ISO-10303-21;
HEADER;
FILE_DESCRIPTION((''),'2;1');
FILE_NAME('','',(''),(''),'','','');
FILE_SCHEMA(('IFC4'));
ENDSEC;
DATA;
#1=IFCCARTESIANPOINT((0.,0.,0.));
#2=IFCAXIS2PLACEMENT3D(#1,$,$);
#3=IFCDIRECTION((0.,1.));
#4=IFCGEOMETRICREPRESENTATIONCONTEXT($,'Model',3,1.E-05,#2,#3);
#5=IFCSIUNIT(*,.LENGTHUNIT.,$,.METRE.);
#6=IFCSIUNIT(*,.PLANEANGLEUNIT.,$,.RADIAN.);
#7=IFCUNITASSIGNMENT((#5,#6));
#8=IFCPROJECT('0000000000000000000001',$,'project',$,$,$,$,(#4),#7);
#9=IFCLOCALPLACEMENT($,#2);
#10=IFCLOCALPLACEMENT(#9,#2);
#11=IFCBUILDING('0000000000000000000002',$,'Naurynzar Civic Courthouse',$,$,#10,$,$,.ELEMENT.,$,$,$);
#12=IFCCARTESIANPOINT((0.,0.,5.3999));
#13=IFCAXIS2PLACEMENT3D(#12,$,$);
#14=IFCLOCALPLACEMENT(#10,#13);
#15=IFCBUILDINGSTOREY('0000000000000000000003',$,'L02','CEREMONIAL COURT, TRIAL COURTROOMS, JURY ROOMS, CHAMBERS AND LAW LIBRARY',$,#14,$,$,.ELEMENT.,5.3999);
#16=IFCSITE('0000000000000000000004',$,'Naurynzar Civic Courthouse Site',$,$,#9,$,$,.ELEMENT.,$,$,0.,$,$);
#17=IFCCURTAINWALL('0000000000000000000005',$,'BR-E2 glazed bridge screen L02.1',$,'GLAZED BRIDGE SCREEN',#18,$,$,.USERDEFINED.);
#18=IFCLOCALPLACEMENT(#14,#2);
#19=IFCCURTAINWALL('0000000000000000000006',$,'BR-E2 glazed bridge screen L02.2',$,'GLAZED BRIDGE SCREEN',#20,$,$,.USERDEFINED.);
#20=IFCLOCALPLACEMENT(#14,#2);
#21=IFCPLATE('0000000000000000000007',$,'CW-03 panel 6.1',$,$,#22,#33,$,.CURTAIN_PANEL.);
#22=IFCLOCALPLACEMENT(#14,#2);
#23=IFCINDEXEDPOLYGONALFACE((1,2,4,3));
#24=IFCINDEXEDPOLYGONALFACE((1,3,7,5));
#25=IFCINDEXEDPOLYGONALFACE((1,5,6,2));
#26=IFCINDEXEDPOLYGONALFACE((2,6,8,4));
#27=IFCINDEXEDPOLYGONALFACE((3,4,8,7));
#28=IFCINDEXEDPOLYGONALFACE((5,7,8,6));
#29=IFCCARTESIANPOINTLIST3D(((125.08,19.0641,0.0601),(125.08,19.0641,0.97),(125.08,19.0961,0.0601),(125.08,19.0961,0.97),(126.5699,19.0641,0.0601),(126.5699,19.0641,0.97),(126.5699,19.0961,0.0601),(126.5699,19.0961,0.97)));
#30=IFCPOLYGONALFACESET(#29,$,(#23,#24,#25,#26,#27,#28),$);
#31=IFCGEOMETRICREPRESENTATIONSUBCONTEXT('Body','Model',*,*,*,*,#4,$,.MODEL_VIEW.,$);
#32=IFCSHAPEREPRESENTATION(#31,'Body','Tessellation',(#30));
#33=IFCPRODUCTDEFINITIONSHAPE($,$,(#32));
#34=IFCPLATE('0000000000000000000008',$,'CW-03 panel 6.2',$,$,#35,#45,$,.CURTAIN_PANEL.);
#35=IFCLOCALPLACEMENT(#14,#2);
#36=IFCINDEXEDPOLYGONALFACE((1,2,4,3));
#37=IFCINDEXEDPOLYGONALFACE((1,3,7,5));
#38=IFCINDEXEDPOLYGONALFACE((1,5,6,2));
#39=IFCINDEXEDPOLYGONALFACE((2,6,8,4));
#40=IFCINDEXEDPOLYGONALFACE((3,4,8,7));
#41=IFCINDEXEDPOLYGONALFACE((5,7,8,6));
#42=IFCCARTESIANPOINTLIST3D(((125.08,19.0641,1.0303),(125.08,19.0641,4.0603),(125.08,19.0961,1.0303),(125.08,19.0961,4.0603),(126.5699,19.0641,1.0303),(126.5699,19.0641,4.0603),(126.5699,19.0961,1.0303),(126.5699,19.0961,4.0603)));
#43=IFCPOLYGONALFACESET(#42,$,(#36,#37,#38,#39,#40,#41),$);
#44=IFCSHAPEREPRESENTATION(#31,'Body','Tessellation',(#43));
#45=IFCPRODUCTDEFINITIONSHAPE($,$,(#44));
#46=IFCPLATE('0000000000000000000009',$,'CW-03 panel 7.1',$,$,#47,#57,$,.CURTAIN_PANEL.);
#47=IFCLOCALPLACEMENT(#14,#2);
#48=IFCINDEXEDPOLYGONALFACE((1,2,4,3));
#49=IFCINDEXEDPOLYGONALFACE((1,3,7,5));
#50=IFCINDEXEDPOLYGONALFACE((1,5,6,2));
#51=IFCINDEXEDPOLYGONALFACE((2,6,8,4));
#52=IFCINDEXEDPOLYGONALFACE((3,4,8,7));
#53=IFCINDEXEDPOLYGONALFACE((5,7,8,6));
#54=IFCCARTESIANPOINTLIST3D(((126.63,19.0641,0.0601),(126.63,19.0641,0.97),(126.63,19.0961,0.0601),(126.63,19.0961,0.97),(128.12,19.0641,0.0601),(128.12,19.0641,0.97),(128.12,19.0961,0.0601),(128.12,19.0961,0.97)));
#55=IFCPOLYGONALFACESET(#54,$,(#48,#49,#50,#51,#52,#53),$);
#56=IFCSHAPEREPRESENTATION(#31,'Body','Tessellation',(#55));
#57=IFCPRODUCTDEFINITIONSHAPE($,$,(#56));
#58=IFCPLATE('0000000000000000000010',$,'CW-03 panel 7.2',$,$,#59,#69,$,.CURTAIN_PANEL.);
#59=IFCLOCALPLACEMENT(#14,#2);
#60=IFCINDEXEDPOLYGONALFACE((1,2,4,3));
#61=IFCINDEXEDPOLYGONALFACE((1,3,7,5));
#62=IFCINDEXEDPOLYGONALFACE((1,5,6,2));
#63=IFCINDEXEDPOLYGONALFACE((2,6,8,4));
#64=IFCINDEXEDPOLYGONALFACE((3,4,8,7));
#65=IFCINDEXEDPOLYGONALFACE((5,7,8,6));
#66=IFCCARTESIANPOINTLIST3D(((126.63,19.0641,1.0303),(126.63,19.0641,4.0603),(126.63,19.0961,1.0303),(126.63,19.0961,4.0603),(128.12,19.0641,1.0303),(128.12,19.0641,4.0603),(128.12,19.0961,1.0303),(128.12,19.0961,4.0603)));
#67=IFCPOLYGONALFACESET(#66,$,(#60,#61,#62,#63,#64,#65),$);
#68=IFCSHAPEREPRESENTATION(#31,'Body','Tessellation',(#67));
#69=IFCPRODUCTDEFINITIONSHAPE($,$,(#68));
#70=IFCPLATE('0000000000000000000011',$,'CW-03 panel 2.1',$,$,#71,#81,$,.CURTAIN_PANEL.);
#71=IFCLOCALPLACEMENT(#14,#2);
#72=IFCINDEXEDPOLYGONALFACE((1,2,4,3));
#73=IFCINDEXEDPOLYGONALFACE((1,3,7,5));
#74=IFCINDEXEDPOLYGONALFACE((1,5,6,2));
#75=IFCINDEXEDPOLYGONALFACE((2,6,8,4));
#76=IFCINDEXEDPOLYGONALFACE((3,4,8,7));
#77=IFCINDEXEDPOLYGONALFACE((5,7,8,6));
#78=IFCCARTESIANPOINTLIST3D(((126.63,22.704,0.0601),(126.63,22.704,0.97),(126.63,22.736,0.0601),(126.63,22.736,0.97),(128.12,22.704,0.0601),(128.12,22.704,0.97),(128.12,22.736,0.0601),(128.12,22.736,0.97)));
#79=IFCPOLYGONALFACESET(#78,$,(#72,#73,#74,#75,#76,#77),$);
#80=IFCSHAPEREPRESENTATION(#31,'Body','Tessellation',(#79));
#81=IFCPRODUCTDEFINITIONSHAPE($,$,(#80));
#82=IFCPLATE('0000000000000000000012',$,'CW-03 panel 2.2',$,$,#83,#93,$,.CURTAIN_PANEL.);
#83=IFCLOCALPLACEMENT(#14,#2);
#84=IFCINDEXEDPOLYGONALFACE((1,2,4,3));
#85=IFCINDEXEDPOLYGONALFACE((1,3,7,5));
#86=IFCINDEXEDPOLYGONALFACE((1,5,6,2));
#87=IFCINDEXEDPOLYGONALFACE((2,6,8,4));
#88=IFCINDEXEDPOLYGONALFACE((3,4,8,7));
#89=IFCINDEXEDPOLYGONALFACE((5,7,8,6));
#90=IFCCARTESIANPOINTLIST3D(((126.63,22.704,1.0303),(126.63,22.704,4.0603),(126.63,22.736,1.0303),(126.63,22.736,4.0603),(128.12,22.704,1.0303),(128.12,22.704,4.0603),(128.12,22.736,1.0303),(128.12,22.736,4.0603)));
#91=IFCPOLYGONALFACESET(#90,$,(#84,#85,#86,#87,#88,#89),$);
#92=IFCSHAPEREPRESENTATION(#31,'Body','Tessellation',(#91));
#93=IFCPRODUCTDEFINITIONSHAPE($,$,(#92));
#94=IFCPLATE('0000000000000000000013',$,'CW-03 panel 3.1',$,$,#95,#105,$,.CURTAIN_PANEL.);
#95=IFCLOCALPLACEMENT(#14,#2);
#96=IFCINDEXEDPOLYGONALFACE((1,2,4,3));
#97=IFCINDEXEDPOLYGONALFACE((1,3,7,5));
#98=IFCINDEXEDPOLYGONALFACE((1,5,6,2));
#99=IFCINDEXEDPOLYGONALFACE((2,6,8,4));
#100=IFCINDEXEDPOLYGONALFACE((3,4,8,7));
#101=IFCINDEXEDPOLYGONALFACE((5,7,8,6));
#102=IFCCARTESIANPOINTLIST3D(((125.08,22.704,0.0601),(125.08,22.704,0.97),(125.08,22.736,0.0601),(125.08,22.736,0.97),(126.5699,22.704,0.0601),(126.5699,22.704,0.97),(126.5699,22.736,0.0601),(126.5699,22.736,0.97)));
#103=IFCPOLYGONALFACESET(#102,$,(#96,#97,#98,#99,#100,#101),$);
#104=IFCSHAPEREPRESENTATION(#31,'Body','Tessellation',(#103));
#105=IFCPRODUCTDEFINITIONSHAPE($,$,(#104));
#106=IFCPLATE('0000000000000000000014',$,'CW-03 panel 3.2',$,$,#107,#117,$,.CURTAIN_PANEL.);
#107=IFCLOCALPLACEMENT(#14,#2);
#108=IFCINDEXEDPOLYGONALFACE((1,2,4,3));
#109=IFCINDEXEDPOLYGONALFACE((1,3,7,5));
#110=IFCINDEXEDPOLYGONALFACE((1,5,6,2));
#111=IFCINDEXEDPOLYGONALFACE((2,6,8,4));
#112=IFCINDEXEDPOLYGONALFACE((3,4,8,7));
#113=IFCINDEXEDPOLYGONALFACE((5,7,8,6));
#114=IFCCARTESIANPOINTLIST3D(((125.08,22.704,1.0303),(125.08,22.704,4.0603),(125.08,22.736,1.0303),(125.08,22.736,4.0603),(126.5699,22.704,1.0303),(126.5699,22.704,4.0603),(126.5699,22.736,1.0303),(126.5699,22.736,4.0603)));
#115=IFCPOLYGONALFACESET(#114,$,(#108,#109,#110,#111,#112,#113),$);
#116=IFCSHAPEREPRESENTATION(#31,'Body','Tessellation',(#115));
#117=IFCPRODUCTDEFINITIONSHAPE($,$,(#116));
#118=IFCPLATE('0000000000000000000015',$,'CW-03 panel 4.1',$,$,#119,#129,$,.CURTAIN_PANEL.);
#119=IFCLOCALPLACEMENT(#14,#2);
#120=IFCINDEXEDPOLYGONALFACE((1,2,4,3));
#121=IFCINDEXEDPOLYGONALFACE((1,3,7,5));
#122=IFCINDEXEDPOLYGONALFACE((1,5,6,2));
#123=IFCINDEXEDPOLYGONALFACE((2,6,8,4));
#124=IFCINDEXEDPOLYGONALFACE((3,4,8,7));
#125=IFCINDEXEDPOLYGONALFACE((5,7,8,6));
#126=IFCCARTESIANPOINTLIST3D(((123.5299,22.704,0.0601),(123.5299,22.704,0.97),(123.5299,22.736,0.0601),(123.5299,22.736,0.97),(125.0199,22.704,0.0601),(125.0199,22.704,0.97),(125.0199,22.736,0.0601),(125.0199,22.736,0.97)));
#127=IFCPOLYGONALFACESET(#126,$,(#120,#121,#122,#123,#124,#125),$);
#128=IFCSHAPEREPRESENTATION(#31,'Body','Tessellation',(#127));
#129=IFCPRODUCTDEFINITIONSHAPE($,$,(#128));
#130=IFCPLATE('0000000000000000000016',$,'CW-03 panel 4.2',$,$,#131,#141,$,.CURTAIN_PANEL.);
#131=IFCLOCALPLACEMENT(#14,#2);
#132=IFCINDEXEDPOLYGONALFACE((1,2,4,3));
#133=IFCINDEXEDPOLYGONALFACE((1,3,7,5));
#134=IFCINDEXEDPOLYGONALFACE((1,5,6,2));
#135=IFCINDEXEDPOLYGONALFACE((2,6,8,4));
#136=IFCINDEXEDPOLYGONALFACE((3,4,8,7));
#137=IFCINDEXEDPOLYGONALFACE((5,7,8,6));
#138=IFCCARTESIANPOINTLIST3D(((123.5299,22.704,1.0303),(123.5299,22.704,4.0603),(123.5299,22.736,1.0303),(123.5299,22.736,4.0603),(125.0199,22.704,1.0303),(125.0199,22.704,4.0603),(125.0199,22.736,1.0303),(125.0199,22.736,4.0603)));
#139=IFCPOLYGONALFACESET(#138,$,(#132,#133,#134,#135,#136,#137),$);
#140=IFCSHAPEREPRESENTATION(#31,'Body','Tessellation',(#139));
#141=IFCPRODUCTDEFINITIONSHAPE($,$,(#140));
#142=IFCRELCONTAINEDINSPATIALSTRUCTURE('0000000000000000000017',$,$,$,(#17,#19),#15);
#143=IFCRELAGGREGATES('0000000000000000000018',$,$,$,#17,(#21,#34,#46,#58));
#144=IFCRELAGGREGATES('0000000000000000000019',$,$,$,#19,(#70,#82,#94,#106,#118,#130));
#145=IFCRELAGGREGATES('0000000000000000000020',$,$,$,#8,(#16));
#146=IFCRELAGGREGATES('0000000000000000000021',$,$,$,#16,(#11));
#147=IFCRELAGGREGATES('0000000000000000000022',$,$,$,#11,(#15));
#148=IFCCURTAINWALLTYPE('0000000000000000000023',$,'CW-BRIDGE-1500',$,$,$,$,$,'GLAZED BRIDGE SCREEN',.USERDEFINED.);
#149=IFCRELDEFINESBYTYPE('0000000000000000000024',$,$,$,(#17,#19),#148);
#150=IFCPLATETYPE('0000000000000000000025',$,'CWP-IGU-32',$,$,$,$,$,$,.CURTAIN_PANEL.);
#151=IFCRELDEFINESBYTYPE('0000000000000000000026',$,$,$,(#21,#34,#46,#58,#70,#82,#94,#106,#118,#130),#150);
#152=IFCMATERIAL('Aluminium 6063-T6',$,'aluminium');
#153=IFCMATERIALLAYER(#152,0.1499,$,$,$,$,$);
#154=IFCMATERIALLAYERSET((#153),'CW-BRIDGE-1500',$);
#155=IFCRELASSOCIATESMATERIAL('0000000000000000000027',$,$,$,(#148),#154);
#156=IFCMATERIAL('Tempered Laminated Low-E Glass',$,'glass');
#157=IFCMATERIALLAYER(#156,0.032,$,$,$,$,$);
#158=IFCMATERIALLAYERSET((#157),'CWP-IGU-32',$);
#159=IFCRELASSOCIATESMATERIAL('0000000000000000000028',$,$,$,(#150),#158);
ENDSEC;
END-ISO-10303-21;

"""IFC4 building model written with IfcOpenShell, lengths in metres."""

from ifc_helpers import new_model, si_unit, direction, frame, origin, origin_2d, place, context, subcontext, project, spatial, rectangle, extrude, material, layer, layer_set, type_object, element, aggregate, save


model = new_model("IFC4")

# Units and contexts
model_context = context("Model", 3, precision=1e-05, world=origin(), true_north=direction((0.0, 1.0)))
body_context = subcontext(model_context, "Body", "Model", "MODEL_VIEW")
ifc_project = project(units=[si_unit("LENGTHUNIT", "METRE"), si_unit("PLANEANGLEUNIT", "RADIAN")], contexts=[model_context])

# Site, building, storey
site_placement = place(None, origin())
site = spatial("IfcSite", under=ifc_project, at=site_placement, Name="Naurynzar Civic Courthouse Site", CompositionType="ELEMENT", RefElevation=0.0)
building_placement = place(site_placement, origin())
building = spatial("IfcBuilding", under=site, at=building_placement, Name="Naurynzar Civic Courthouse", CompositionType="ELEMENT")
storey_placement = place(building_placement, frame((0.0, 0.0, 5.3999)))
storey = spatial("IfcBuildingStorey", under=building, at=storey_placement, Name="L02", Description="CEREMONIAL COURT, TRIAL COURTROOMS, JURY ROOMS, CHAMBERS AND LAW LIBRARY", CompositionType="ELEMENT", Elevation=5.3999)

# Curtain walls
ifc_material_1 = material(Name="Aluminium 6063-T6", Category="aluminium")
ifc_layer_1 = layer(ifc_material_1, 0.1499)
ifc_layer_set_1 = layer_set([ifc_layer_1], Name="CW-BRIDGE-1500")
curtain_wall_type = type_object("IfcCurtainWallType", Name="CW-BRIDGE-1500", ElementType="GLAZED BRIDGE SCREEN", PredefinedType="USERDEFINED", material=ifc_layer_set_1)
curtain_wall_1_placement = place(storey_placement, origin())
curtain_wall_1 = element("IfcCurtainWall", 1, at=curtain_wall_1_placement, inside=storey, type_object=curtain_wall_type, Name="BR-E2 glazed bridge screen L02.1", ObjectType="GLAZED BRIDGE SCREEN", PredefinedType="USERDEFINED")
curtain_wall_2_placement = place(storey_placement, origin())
curtain_wall_2 = element("IfcCurtainWall", 2, at=curtain_wall_2_placement, inside=storey, type_object=curtain_wall_type, Name="BR-E2 glazed bridge screen L02.2", ObjectType="GLAZED BRIDGE SCREEN", PredefinedType="USERDEFINED")

# Plates
ifc_material_2 = material(Name="Tempered Laminated Low-E Glass", Category="glass")
ifc_layer_2 = layer(ifc_material_2, 0.032)
ifc_layer_set_2 = layer_set([ifc_layer_2], Name="CWP-IGU-32")
plate_type = type_object("IfcPlateType", Name="CWP-IGU-32", PredefinedType="CURTAIN_PANEL", material=ifc_layer_set_2)
plate_1_placement = place(storey_placement, frame((125.825, 19.0801, 0.0601), z_axis=(0.0, 0.0, 1.0), x_axis=(1.0, 0.0, 0.0)))
plate_1 = element("IfcPlate", 3, at=plate_1_placement, type_object=plate_type, Name="CW-03 panel 6.1", PredefinedType="CURTAIN_PANEL", context=body_context, shape_type="SweptSolid", body=[
    extrude(rectangle(XDim=1.49, YDim=0.032, at=origin_2d()), origin(), (0.0, 0.0, 1.0), 0.9099),
])
plate_2_placement = place(storey_placement, frame((125.825, 19.0801, 1.0303), z_axis=(0.0, 0.0, 1.0), x_axis=(1.0, 0.0, 0.0)))
plate_2 = element("IfcPlate", 4, at=plate_2_placement, type_object=plate_type, Name="CW-03 panel 6.2", PredefinedType="CURTAIN_PANEL", context=body_context, shape_type="SweptSolid", body=[
    extrude(rectangle(XDim=1.49, YDim=0.032, at=origin_2d()), origin(), (0.0, 0.0, 1.0), 3.03),
])
plate_3_placement = place(storey_placement, frame((127.375, 19.0801, 0.0601), z_axis=(0.0, 0.0, 1.0), x_axis=(1.0, 0.0, 0.0)))
plate_3 = element("IfcPlate", 5, at=plate_3_placement, type_object=plate_type, Name="CW-03 panel 7.1", PredefinedType="CURTAIN_PANEL", context=body_context, shape_type="SweptSolid", body=[
    extrude(rectangle(XDim=1.49, YDim=0.032, at=origin_2d()), origin(), (0.0, 0.0, 1.0), 0.9099),
])
plate_4_placement = place(storey_placement, frame((127.375, 19.0801, 1.0303), z_axis=(0.0, 0.0, 1.0), x_axis=(1.0, 0.0, 0.0)))
plate_4 = element("IfcPlate", 6, at=plate_4_placement, type_object=plate_type, Name="CW-03 panel 7.2", PredefinedType="CURTAIN_PANEL", context=body_context, shape_type="SweptSolid", body=[
    extrude(rectangle(XDim=1.49, YDim=0.032, at=origin_2d()), origin(), (0.0, 0.0, 1.0), 3.03),
])
aggregate(curtain_wall_1, [plate_1, plate_2, plate_3, plate_4])
plate_5_placement = place(storey_placement, frame((127.375, 22.72, 0.0601), z_axis=(0.0, 0.0, 1.0), x_axis=(-1.0, 0.0, 0.0)))
plate_5 = element("IfcPlate", 7, at=plate_5_placement, type_object=plate_type, Name="CW-03 panel 2.1", PredefinedType="CURTAIN_PANEL", context=body_context, shape_type="SweptSolid", body=[
    extrude(rectangle(XDim=1.49, YDim=0.032, at=origin_2d()), origin(), (0.0, 0.0, 1.0), 0.9099),
])
plate_6_placement = place(storey_placement, frame((127.375, 22.72, 1.0303), z_axis=(0.0, 0.0, 1.0), x_axis=(-1.0, 0.0, 0.0)))
plate_6 = element("IfcPlate", 8, at=plate_6_placement, type_object=plate_type, Name="CW-03 panel 2.2", PredefinedType="CURTAIN_PANEL", context=body_context, shape_type="SweptSolid", body=[
    extrude(rectangle(XDim=1.49, YDim=0.032, at=origin_2d()), origin(), (0.0, 0.0, 1.0), 3.03),
])
plate_7_placement = place(storey_placement, frame((125.825, 22.72, 0.0601), z_axis=(0.0, 0.0, 1.0), x_axis=(-1.0, 0.0, 0.0)))
plate_7 = element("IfcPlate", 9, at=plate_7_placement, type_object=plate_type, Name="CW-03 panel 3.1", PredefinedType="CURTAIN_PANEL", context=body_context, shape_type="SweptSolid", body=[
    extrude(rectangle(XDim=1.49, YDim=0.032, at=origin_2d()), origin(), (0.0, 0.0, 1.0), 0.9099),
])
plate_8_placement = place(storey_placement, frame((125.825, 22.72, 1.0303), z_axis=(0.0, 0.0, 1.0), x_axis=(-1.0, 0.0, 0.0)))
plate_8 = element("IfcPlate", 10, at=plate_8_placement, type_object=plate_type, Name="CW-03 panel 3.2", PredefinedType="CURTAIN_PANEL", context=body_context, shape_type="SweptSolid", body=[
    extrude(rectangle(XDim=1.49, YDim=0.032, at=origin_2d()), origin(), (0.0, 0.0, 1.0), 3.03),
])
plate_9_placement = place(storey_placement, frame((124.2749, 22.72, 0.0601), z_axis=(0.0, 0.0, 1.0), x_axis=(-1.0, 0.0, 0.0)))
plate_9 = element("IfcPlate", 11, at=plate_9_placement, type_object=plate_type, Name="CW-03 panel 4.1", PredefinedType="CURTAIN_PANEL", context=body_context, shape_type="SweptSolid", body=[
    extrude(rectangle(XDim=1.49, YDim=0.032, at=origin_2d()), origin(), (0.0, 0.0, 1.0), 0.9099),
])
plate_10_placement = place(storey_placement, frame((124.2749, 22.72, 1.0303), z_axis=(0.0, 0.0, 1.0), x_axis=(-1.0, 0.0, 0.0)))
plate_10 = element("IfcPlate", 12, at=plate_10_placement, type_object=plate_type, Name="CW-03 panel 4.2", PredefinedType="CURTAIN_PANEL", context=body_context, shape_type="SweptSolid", body=[
    extrude(rectangle(XDim=1.49, YDim=0.032, at=origin_2d()), origin(), (0.0, 0.0, 1.0), 3.03),
])
aggregate(curtain_wall_2, [plate_5, plate_6, plate_7, plate_8, plate_9, plate_10])

save(model, "model.ifc")
